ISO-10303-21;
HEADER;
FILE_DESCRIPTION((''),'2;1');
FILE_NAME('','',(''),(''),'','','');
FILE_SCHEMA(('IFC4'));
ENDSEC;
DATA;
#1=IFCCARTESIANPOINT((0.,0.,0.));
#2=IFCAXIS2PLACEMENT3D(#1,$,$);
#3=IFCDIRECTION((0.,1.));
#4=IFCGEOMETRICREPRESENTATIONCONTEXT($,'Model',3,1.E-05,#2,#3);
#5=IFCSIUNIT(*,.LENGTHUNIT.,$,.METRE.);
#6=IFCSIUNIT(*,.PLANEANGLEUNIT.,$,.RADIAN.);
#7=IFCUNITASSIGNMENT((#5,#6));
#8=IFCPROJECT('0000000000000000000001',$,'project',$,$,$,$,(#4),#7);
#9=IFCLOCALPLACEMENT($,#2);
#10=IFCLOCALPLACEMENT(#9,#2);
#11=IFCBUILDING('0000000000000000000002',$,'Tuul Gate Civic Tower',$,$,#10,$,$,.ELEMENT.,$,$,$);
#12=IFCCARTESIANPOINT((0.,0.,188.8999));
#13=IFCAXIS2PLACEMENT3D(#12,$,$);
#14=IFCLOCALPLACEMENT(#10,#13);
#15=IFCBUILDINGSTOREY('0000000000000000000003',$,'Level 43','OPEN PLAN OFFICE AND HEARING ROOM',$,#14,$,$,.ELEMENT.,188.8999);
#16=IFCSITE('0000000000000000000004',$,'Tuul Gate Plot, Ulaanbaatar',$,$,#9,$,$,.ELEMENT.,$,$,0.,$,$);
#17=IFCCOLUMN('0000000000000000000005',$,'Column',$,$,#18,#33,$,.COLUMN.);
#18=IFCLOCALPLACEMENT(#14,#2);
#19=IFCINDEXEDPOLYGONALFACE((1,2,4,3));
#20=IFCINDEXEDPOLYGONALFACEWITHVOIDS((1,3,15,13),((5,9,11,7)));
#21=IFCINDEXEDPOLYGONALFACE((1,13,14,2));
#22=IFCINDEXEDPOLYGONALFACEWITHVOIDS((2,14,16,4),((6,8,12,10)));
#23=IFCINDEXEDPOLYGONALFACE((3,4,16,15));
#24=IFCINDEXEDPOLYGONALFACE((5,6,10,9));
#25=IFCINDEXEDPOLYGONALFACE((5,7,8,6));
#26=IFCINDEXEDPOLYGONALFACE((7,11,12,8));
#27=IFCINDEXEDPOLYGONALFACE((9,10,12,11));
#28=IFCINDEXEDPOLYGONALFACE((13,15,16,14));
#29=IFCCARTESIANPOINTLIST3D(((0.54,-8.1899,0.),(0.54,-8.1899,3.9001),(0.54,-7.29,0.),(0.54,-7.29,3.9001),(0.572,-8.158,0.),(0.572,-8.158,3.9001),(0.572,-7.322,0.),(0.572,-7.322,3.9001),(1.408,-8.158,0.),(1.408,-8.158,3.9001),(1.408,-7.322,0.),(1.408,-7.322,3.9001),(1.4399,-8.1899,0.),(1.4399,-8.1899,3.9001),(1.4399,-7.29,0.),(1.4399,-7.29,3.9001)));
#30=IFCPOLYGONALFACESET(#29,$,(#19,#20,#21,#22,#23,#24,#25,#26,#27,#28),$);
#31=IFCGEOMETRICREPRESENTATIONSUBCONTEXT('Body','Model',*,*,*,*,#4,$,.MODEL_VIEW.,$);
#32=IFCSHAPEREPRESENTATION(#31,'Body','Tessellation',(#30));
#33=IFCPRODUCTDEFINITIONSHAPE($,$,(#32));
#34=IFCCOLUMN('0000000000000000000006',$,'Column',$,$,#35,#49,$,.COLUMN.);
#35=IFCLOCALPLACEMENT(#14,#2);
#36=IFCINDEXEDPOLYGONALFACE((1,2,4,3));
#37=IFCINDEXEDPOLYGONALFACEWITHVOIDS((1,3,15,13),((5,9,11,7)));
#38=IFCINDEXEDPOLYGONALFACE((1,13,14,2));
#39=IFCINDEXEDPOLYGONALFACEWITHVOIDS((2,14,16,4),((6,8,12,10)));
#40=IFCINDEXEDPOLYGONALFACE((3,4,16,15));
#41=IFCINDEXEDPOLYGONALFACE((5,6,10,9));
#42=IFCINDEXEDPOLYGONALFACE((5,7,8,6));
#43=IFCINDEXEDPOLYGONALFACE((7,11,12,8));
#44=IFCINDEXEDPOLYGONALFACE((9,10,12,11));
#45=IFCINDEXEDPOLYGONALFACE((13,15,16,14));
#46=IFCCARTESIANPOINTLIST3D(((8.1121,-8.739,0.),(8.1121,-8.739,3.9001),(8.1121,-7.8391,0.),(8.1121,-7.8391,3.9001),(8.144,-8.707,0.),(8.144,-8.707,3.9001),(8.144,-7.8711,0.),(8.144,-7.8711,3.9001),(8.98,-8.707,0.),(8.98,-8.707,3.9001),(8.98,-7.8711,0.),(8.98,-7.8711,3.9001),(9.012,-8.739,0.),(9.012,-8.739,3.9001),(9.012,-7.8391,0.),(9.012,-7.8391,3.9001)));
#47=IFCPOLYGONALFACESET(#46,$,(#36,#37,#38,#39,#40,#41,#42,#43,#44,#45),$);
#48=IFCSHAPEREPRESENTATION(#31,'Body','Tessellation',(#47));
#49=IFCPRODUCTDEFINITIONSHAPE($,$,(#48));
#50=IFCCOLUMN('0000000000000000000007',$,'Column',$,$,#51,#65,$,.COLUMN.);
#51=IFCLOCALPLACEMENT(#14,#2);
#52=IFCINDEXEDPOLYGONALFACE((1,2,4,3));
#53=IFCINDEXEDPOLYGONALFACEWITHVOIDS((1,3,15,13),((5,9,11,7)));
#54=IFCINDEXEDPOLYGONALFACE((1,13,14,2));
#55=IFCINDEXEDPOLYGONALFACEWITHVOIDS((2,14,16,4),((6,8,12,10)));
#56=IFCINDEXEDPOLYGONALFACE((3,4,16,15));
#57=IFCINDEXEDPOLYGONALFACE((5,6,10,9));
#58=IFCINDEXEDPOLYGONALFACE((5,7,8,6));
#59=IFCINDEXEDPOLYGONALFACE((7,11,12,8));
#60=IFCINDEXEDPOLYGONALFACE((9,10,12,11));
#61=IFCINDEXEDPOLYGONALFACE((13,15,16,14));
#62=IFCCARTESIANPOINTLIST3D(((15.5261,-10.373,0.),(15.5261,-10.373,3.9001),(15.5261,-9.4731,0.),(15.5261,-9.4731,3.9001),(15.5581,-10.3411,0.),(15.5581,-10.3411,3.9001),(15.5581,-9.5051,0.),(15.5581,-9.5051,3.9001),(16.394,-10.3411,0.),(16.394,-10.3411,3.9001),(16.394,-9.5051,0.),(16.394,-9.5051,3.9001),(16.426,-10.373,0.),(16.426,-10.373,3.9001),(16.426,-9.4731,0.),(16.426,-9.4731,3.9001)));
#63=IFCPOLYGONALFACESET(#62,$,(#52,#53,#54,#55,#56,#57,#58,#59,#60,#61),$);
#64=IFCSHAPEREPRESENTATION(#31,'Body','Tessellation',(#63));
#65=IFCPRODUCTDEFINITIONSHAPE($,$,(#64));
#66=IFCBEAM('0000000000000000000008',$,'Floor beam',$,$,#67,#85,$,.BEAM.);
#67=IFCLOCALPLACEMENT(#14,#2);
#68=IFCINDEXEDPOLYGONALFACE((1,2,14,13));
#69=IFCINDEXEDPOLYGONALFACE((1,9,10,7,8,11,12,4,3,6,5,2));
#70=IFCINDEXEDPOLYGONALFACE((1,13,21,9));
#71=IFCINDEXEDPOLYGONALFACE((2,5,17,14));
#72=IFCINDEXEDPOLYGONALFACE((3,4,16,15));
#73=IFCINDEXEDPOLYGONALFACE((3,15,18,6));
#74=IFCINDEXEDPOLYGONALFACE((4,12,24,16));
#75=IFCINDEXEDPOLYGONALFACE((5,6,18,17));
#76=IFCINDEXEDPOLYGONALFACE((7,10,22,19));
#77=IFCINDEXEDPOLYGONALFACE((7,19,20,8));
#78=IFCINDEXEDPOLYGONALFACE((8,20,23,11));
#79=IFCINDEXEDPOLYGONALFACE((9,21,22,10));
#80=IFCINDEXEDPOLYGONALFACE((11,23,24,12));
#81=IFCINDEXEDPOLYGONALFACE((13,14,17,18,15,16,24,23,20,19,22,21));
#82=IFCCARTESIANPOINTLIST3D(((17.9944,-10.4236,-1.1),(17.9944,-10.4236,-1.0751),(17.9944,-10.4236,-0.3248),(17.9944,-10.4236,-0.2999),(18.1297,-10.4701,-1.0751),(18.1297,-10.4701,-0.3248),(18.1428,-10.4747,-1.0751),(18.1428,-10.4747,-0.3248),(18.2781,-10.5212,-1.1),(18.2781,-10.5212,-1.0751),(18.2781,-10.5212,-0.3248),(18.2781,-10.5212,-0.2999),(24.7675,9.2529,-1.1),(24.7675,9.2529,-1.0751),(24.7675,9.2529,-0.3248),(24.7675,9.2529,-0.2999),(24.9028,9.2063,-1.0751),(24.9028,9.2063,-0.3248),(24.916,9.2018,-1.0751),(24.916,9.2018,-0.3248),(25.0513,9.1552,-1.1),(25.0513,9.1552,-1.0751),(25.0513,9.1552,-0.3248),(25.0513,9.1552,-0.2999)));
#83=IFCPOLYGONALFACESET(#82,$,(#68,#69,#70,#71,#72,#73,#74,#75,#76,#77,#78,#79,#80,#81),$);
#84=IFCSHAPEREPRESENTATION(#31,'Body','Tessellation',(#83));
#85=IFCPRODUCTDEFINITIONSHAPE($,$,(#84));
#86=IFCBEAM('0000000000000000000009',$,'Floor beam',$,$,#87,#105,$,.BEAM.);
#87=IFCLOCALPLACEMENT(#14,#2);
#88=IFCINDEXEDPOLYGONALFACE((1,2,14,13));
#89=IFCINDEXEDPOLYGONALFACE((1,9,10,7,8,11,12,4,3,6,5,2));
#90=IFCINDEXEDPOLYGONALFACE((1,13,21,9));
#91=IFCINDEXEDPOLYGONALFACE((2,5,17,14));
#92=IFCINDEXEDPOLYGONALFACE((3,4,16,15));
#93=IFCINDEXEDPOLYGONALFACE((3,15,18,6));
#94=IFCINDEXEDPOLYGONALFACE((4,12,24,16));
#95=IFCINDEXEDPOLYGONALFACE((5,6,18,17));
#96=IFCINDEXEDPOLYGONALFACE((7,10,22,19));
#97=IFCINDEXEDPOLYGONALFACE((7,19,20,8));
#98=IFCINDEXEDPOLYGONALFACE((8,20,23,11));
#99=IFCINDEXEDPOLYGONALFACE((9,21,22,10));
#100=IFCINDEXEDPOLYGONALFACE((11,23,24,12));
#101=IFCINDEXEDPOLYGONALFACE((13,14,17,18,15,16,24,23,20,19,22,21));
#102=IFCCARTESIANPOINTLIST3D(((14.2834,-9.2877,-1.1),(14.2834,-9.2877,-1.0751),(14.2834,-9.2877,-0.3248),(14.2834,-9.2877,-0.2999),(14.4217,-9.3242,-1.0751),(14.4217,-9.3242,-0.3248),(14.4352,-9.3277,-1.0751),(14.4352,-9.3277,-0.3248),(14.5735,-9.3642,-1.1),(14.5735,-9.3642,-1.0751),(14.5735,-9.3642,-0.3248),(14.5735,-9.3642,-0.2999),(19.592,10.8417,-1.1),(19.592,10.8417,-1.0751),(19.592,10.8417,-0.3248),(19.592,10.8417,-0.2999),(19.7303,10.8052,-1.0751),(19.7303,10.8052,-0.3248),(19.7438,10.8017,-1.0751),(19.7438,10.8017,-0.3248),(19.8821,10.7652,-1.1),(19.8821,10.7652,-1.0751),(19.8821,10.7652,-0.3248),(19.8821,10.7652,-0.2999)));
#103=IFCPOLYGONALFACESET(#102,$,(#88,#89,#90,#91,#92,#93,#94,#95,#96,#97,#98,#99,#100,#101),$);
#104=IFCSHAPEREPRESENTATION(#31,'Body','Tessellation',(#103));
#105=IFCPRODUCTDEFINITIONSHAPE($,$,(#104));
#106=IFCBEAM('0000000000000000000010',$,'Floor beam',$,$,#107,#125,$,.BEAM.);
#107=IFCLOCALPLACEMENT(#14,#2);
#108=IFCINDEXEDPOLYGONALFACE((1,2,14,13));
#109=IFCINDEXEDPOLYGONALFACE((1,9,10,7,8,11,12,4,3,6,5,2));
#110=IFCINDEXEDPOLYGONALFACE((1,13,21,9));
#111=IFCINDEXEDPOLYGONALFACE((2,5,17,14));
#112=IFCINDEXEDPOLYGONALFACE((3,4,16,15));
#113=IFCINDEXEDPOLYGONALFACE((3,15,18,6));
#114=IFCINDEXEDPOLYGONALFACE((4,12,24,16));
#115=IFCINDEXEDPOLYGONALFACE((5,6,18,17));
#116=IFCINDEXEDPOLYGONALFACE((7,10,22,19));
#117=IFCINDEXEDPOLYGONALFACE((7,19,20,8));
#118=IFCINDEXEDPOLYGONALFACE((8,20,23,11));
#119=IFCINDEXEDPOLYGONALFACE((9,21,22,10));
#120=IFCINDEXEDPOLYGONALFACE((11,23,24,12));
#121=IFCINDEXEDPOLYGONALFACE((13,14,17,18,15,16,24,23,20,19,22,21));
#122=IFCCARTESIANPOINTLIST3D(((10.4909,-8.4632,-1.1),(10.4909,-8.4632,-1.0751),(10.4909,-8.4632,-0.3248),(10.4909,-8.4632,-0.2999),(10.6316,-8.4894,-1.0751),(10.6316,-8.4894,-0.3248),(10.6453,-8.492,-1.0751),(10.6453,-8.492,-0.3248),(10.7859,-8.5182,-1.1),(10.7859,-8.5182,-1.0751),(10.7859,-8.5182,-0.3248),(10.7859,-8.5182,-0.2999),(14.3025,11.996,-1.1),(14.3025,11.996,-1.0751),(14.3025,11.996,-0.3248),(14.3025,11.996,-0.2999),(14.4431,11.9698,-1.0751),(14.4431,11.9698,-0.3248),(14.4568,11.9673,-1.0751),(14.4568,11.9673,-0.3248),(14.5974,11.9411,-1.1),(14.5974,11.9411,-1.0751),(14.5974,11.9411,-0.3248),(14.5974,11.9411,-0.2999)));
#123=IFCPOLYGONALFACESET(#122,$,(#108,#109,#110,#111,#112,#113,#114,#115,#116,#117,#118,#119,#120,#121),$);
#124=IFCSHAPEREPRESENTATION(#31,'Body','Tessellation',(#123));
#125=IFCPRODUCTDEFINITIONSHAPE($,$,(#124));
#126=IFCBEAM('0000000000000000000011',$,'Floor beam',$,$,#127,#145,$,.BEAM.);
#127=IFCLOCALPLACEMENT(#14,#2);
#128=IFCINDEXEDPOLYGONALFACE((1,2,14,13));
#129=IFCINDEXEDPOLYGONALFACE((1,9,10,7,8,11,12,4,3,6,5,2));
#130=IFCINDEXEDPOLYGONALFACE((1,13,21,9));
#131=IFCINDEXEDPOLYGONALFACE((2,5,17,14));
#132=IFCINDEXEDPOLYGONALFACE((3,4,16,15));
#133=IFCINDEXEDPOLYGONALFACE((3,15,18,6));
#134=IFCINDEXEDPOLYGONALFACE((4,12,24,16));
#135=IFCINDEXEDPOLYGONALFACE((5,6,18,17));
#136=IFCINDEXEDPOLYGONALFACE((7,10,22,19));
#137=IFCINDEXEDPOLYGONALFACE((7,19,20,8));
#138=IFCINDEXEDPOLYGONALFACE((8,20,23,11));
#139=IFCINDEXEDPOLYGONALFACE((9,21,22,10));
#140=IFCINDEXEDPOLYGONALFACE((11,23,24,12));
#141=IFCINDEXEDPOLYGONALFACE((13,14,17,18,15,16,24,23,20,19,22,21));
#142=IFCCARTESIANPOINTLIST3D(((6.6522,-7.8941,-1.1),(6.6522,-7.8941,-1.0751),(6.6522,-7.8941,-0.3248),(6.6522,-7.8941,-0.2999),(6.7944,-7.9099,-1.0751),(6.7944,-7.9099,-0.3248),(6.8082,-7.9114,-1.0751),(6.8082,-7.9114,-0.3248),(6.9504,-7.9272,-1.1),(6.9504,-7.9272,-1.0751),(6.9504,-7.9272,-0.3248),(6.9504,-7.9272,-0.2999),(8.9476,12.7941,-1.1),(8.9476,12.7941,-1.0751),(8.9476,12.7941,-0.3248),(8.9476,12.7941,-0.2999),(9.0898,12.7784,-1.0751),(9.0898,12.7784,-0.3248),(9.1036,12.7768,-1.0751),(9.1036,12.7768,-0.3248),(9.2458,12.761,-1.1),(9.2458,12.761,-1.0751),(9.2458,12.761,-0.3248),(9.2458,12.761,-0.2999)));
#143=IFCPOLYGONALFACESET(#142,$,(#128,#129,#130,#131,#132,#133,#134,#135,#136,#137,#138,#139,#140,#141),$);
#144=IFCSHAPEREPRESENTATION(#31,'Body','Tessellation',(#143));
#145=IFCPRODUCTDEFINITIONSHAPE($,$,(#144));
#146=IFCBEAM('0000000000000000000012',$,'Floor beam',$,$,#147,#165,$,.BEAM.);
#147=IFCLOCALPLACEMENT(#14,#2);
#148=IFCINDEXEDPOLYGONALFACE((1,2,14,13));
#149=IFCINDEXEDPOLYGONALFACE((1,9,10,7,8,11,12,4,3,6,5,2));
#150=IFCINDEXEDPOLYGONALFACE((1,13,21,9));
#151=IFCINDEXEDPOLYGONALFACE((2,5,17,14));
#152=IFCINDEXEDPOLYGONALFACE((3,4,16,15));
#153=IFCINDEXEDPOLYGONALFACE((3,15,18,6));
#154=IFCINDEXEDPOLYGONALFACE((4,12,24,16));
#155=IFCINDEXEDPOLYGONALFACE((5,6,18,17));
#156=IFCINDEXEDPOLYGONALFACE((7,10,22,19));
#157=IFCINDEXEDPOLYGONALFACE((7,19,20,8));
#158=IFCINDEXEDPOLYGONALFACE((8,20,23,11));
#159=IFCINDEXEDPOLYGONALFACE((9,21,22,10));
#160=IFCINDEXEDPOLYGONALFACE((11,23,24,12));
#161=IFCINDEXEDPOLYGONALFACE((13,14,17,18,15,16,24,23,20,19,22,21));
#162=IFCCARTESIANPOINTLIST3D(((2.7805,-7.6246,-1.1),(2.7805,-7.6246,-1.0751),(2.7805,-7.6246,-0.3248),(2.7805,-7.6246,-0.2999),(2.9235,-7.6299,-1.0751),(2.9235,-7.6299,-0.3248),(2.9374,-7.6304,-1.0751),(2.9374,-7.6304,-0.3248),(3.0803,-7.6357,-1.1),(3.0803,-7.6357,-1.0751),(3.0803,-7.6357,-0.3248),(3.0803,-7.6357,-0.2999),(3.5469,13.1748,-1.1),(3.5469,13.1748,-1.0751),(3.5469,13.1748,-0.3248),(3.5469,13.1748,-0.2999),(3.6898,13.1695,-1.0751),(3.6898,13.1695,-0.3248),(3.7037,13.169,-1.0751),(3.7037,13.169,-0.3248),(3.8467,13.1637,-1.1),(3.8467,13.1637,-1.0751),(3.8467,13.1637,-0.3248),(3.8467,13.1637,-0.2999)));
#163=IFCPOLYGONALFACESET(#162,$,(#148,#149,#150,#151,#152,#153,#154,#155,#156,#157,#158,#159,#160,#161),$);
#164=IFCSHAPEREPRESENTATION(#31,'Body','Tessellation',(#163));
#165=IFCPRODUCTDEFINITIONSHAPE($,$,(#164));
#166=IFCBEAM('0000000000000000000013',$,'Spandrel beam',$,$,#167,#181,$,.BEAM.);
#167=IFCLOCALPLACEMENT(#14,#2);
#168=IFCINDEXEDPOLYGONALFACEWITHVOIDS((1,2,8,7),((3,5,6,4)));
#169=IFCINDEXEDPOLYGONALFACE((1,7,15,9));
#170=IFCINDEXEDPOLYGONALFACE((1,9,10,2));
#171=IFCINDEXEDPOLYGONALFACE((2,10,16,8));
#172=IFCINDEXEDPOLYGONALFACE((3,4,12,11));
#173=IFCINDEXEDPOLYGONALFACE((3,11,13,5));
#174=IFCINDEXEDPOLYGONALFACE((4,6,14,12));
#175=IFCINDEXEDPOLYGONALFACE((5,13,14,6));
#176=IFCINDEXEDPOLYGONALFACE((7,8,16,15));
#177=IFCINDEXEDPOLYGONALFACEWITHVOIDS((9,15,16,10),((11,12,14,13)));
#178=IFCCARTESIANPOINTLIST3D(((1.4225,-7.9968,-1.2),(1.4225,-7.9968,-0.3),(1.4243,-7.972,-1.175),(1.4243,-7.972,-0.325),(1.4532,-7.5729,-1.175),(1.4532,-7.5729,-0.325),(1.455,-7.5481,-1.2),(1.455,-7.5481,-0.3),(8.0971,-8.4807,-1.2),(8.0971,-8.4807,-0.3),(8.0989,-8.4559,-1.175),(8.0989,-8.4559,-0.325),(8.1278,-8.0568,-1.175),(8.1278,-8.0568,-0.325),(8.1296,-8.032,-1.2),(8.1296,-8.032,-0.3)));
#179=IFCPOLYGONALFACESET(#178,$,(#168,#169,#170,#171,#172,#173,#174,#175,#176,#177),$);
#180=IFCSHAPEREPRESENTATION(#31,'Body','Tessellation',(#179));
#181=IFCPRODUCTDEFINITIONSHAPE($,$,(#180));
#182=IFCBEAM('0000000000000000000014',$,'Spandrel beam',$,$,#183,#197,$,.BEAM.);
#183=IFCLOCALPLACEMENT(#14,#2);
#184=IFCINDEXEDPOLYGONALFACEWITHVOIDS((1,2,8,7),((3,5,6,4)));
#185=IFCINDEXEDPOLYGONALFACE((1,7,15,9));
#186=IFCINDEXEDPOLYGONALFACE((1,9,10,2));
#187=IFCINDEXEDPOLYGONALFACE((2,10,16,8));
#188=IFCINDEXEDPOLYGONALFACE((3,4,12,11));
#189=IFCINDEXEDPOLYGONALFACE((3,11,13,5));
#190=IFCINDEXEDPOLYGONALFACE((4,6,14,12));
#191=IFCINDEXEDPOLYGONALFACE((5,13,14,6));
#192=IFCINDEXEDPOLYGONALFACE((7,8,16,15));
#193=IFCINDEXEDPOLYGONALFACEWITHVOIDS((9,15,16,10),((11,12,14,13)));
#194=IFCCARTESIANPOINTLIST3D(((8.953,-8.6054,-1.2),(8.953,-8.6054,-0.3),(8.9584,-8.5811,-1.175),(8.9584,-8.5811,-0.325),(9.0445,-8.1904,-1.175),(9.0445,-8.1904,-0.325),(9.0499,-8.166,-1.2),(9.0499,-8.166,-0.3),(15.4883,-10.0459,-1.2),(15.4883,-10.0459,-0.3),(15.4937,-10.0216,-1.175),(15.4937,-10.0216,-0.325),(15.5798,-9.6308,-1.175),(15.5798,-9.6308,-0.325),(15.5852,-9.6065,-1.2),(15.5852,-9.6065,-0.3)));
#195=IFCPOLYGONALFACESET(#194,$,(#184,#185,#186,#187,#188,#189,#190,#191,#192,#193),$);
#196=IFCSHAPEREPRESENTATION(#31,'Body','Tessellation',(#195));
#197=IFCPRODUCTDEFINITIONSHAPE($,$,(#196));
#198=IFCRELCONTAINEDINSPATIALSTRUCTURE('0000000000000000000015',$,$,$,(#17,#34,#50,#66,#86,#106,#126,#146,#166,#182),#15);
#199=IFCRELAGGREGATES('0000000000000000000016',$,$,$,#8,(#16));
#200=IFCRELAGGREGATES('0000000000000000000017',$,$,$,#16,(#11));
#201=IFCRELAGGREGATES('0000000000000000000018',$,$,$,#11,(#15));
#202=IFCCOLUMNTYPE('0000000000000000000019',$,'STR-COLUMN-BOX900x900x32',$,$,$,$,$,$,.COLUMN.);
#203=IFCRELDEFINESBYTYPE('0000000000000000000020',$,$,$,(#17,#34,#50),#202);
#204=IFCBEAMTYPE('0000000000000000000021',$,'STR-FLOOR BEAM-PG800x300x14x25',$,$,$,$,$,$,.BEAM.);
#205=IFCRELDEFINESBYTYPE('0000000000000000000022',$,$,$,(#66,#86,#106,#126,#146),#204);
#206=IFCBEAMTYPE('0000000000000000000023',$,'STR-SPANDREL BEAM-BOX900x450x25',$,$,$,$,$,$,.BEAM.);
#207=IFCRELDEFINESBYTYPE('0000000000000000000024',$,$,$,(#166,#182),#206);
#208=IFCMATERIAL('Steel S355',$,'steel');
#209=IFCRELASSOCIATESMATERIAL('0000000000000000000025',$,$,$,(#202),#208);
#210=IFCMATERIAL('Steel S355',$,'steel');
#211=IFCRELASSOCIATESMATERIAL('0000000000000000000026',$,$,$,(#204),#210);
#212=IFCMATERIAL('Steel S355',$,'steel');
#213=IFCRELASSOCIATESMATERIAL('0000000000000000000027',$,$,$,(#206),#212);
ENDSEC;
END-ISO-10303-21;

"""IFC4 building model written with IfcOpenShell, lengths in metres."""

from ifc_helpers import new_model, si_unit, direction, frame, origin, origin_2d, place, context, subcontext, project, spatial, hollow_rectangle, i_section, extrude, material, material_profile, profile_set, type_object, element, save


model = new_model("IFC4")

# Units and contexts
model_context = context("Model", 3, precision=1e-05, world=origin(), true_north=direction((0.0, 1.0)))
body_context = subcontext(model_context, "Body", "Model", "MODEL_VIEW")
ifc_project = project(units=[si_unit("LENGTHUNIT", "METRE"), si_unit("PLANEANGLEUNIT", "RADIAN")], contexts=[model_context])

# Site, building, storey
site_placement = place(None, origin())
site = spatial("IfcSite", under=ifc_project, at=site_placement, Name="Tuul Gate Plot, Ulaanbaatar", CompositionType="ELEMENT", RefElevation=0.0)
building_placement = place(site_placement, origin())
building = spatial("IfcBuilding", under=site, at=building_placement, Name="Tuul Gate Civic Tower", CompositionType="ELEMENT")
storey_placement = place(building_placement, frame((0.0, 0.0, 188.8999)))
storey = spatial("IfcBuildingStorey", under=building, at=storey_placement, Name="Level 43", Description="OPEN PLAN OFFICE AND HEARING ROOM", CompositionType="ELEMENT", Elevation=188.8999)

# Columns
ifc_material_1 = material(Name="Steel S355", Category="steel")
ifc_material_profile_1 = material_profile(ifc_material_1, hollow_rectangle(XDim=0.8999, YDim=0.8999, WallThickness=0.032, at=origin_2d()), Name="BOX900x900x32")
ifc_profile_set_1 = profile_set([ifc_material_profile_1], Name="Steel S355")
column_type = type_object("IfcColumnType", Name="STR-COLUMN-BOX900x900x32", PredefinedType="COLUMN", material=ifc_profile_set_1)
for number, where, z_axis, x_axis, name in (
    (1, (0.99, -7.74, 0.0), (0.0, 0.0, 1.0), (1.0, 0.0, 0.0), "Column"),
    (2, (8.562, -8.2891, 0.0), (0.0, 0.0, 1.0), (1.0, 0.0, 0.0), "Column"),
    (3, (15.9761, -9.9231, 0.0), (0.0, 0.0, 1.0), (1.0, 0.0, 0.0), "Column"),
):
    element("IfcColumn", number, at=place(storey_placement, frame(where, z_axis=z_axis, x_axis=x_axis)), inside=storey, type_object=column_type, Name=name, PredefinedType="COLUMN", context=body_context, shape_type="SweptSolid", body=[
        extrude(hollow_rectangle(XDim=0.8999, YDim=0.8999, WallThickness=0.032, at=origin_2d()), origin(), (0.0, 0.0, 1.0), 3.9001),
    ])

# Beams
ifc_material_2 = material(Name="Steel S355", Category="steel")
ifc_material_profile_2 = material_profile(ifc_material_2, i_section(OverallWidth=0.3, OverallDepth=0.8, WebThickness=0.0139, FlangeThickness=0.0249, at=origin_2d()), Name="PG800x300x14x25")
ifc_profile_set_2 = profile_set([ifc_material_profile_2], Name="Steel S355")
beam_type_1 = type_object("IfcBeamType", Name="STR-FLOOR BEAM-PG800x300x14x25", PredefinedType="BEAM", material=ifc_profile_set_2)
beam_1_placement = place(storey_placement, frame((18.1362, -10.4724, -0.7), z_axis=(0.325483, 0.945548, 0.0), x_axis=(-0.945548, 0.325483, 0.0)))
element("IfcBeam", 4, at=beam_1_placement, inside=storey, type_object=beam_type_1, Name="Floor beam", PredefinedType="BEAM", context=body_context, shape_type="SweptSolid", body=[
    extrude(i_section(OverallWidth=0.3, OverallDepth=0.8, WebThickness=0.0139, FlangeThickness=0.0249, at=origin_2d()), origin(), (0.0, 0.0, 1.0), 20.8096),
])
beam_2_placement = place(storey_placement, frame((14.4285, -9.3259, -0.7), z_axis=(0.255005, 0.96694, 0.0), x_axis=(-0.96694, 0.255005, 0.0)))
element("IfcBeam", 5, at=beam_2_placement, inside=storey, type_object=beam_type_1, Name="Floor beam", PredefinedType="BEAM", context=body_context, shape_type="SweptSolid", body=[
    extrude(i_section(OverallWidth=0.3, OverallDepth=0.8, WebThickness=0.0139, FlangeThickness=0.0249, at=origin_2d()), origin(), (0.0, 0.0, 1.0), 20.8176),
])
beam_3_placement = place(storey_placement, frame((10.6384, -8.4907, -0.7), z_axis=(0.183147, 0.983085, 0.0), x_axis=(-0.983085, 0.183147, 0.0)))
element("IfcBeam", 6, at=beam_3_placement, inside=storey, type_object=beam_type_1, Name="Floor beam", PredefinedType="BEAM", context=body_context, shape_type="SweptSolid", body=[
    extrude(i_section(OverallWidth=0.3, OverallDepth=0.8, WebThickness=0.0139, FlangeThickness=0.0249, at=origin_2d()), origin(), (0.0, 0.0, 1.0), 20.8113),
])
beam_4_placement = place(storey_placement, frame((6.8013, -7.9106, -0.7), z_axis=(0.110276, 0.993901, 0.0), x_axis=(-0.993901, 0.110276, 0.0)))
element("IfcBeam", 7, at=beam_4_placement, inside=storey, type_object=beam_type_1, Name="Floor beam", PredefinedType="BEAM", context=body_context, shape_type="SweptSolid", body=[
    extrude(i_section(OverallWidth=0.3, OverallDepth=0.8, WebThickness=0.0139, FlangeThickness=0.0249, at=origin_2d()), origin(), (0.0, 0.0, 1.0), 20.8152),
])
beam_5_placement = place(storey_placement, frame((2.9304, -7.6301, -0.7), z_axis=(0.03682, 0.999322, 0.0), x_axis=(-0.999322, 0.03682, 0.0)))
element("IfcBeam", 8, at=beam_5_placement, inside=storey, type_object=beam_type_1, Name="Floor beam", PredefinedType="BEAM", context=body_context, shape_type="SweptSolid", body=[
    extrude(i_section(OverallWidth=0.3, OverallDepth=0.8, WebThickness=0.0139, FlangeThickness=0.0249, at=origin_2d()), origin(), (0.0, 0.0, 1.0), 20.8135),
])
ifc_material_3 = material(Name="Steel S355", Category="steel")
ifc_material_profile_3 = material_profile(ifc_material_3, hollow_rectangle(XDim=0.45, YDim=0.8999, WallThickness=0.0249, at=origin_2d()), Name="BOX900x450x25")
ifc_profile_set_3 = profile_set([ifc_material_profile_3], Name="Steel S355")
beam_type_2 = type_object("IfcBeamType", Name="STR-SPANDREL BEAM-BOX900x450x25", PredefinedType="BEAM", material=ifc_profile_set_3)
for number, where, z_axis, x_axis, name in (
    (9, (1.4387, -7.7725, -0.75), (0.997382, -0.072307, 0.0), (0.072307, 0.997382, 0.0), "Spandrel beam"),
    (10, (9.0015, -8.3857, -0.75), (0.97656, -0.215246, 0.0), (0.215246, 0.97656, 0.0), "Spandrel beam"),
):
    element("IfcBeam", number, at=place(storey_placement, frame(where, z_axis=z_axis, x_axis=x_axis)), inside=storey, type_object=beam_type_2, Name=name, PredefinedType="BEAM", context=body_context, shape_type="SweptSolid", body=[
        extrude(hollow_rectangle(XDim=0.45, YDim=0.8999, WallThickness=0.0249, at=origin_2d()), origin(), (0.0, 0.0, 1.0), 6.6921),
    ])

save(model, "model.ifc")
